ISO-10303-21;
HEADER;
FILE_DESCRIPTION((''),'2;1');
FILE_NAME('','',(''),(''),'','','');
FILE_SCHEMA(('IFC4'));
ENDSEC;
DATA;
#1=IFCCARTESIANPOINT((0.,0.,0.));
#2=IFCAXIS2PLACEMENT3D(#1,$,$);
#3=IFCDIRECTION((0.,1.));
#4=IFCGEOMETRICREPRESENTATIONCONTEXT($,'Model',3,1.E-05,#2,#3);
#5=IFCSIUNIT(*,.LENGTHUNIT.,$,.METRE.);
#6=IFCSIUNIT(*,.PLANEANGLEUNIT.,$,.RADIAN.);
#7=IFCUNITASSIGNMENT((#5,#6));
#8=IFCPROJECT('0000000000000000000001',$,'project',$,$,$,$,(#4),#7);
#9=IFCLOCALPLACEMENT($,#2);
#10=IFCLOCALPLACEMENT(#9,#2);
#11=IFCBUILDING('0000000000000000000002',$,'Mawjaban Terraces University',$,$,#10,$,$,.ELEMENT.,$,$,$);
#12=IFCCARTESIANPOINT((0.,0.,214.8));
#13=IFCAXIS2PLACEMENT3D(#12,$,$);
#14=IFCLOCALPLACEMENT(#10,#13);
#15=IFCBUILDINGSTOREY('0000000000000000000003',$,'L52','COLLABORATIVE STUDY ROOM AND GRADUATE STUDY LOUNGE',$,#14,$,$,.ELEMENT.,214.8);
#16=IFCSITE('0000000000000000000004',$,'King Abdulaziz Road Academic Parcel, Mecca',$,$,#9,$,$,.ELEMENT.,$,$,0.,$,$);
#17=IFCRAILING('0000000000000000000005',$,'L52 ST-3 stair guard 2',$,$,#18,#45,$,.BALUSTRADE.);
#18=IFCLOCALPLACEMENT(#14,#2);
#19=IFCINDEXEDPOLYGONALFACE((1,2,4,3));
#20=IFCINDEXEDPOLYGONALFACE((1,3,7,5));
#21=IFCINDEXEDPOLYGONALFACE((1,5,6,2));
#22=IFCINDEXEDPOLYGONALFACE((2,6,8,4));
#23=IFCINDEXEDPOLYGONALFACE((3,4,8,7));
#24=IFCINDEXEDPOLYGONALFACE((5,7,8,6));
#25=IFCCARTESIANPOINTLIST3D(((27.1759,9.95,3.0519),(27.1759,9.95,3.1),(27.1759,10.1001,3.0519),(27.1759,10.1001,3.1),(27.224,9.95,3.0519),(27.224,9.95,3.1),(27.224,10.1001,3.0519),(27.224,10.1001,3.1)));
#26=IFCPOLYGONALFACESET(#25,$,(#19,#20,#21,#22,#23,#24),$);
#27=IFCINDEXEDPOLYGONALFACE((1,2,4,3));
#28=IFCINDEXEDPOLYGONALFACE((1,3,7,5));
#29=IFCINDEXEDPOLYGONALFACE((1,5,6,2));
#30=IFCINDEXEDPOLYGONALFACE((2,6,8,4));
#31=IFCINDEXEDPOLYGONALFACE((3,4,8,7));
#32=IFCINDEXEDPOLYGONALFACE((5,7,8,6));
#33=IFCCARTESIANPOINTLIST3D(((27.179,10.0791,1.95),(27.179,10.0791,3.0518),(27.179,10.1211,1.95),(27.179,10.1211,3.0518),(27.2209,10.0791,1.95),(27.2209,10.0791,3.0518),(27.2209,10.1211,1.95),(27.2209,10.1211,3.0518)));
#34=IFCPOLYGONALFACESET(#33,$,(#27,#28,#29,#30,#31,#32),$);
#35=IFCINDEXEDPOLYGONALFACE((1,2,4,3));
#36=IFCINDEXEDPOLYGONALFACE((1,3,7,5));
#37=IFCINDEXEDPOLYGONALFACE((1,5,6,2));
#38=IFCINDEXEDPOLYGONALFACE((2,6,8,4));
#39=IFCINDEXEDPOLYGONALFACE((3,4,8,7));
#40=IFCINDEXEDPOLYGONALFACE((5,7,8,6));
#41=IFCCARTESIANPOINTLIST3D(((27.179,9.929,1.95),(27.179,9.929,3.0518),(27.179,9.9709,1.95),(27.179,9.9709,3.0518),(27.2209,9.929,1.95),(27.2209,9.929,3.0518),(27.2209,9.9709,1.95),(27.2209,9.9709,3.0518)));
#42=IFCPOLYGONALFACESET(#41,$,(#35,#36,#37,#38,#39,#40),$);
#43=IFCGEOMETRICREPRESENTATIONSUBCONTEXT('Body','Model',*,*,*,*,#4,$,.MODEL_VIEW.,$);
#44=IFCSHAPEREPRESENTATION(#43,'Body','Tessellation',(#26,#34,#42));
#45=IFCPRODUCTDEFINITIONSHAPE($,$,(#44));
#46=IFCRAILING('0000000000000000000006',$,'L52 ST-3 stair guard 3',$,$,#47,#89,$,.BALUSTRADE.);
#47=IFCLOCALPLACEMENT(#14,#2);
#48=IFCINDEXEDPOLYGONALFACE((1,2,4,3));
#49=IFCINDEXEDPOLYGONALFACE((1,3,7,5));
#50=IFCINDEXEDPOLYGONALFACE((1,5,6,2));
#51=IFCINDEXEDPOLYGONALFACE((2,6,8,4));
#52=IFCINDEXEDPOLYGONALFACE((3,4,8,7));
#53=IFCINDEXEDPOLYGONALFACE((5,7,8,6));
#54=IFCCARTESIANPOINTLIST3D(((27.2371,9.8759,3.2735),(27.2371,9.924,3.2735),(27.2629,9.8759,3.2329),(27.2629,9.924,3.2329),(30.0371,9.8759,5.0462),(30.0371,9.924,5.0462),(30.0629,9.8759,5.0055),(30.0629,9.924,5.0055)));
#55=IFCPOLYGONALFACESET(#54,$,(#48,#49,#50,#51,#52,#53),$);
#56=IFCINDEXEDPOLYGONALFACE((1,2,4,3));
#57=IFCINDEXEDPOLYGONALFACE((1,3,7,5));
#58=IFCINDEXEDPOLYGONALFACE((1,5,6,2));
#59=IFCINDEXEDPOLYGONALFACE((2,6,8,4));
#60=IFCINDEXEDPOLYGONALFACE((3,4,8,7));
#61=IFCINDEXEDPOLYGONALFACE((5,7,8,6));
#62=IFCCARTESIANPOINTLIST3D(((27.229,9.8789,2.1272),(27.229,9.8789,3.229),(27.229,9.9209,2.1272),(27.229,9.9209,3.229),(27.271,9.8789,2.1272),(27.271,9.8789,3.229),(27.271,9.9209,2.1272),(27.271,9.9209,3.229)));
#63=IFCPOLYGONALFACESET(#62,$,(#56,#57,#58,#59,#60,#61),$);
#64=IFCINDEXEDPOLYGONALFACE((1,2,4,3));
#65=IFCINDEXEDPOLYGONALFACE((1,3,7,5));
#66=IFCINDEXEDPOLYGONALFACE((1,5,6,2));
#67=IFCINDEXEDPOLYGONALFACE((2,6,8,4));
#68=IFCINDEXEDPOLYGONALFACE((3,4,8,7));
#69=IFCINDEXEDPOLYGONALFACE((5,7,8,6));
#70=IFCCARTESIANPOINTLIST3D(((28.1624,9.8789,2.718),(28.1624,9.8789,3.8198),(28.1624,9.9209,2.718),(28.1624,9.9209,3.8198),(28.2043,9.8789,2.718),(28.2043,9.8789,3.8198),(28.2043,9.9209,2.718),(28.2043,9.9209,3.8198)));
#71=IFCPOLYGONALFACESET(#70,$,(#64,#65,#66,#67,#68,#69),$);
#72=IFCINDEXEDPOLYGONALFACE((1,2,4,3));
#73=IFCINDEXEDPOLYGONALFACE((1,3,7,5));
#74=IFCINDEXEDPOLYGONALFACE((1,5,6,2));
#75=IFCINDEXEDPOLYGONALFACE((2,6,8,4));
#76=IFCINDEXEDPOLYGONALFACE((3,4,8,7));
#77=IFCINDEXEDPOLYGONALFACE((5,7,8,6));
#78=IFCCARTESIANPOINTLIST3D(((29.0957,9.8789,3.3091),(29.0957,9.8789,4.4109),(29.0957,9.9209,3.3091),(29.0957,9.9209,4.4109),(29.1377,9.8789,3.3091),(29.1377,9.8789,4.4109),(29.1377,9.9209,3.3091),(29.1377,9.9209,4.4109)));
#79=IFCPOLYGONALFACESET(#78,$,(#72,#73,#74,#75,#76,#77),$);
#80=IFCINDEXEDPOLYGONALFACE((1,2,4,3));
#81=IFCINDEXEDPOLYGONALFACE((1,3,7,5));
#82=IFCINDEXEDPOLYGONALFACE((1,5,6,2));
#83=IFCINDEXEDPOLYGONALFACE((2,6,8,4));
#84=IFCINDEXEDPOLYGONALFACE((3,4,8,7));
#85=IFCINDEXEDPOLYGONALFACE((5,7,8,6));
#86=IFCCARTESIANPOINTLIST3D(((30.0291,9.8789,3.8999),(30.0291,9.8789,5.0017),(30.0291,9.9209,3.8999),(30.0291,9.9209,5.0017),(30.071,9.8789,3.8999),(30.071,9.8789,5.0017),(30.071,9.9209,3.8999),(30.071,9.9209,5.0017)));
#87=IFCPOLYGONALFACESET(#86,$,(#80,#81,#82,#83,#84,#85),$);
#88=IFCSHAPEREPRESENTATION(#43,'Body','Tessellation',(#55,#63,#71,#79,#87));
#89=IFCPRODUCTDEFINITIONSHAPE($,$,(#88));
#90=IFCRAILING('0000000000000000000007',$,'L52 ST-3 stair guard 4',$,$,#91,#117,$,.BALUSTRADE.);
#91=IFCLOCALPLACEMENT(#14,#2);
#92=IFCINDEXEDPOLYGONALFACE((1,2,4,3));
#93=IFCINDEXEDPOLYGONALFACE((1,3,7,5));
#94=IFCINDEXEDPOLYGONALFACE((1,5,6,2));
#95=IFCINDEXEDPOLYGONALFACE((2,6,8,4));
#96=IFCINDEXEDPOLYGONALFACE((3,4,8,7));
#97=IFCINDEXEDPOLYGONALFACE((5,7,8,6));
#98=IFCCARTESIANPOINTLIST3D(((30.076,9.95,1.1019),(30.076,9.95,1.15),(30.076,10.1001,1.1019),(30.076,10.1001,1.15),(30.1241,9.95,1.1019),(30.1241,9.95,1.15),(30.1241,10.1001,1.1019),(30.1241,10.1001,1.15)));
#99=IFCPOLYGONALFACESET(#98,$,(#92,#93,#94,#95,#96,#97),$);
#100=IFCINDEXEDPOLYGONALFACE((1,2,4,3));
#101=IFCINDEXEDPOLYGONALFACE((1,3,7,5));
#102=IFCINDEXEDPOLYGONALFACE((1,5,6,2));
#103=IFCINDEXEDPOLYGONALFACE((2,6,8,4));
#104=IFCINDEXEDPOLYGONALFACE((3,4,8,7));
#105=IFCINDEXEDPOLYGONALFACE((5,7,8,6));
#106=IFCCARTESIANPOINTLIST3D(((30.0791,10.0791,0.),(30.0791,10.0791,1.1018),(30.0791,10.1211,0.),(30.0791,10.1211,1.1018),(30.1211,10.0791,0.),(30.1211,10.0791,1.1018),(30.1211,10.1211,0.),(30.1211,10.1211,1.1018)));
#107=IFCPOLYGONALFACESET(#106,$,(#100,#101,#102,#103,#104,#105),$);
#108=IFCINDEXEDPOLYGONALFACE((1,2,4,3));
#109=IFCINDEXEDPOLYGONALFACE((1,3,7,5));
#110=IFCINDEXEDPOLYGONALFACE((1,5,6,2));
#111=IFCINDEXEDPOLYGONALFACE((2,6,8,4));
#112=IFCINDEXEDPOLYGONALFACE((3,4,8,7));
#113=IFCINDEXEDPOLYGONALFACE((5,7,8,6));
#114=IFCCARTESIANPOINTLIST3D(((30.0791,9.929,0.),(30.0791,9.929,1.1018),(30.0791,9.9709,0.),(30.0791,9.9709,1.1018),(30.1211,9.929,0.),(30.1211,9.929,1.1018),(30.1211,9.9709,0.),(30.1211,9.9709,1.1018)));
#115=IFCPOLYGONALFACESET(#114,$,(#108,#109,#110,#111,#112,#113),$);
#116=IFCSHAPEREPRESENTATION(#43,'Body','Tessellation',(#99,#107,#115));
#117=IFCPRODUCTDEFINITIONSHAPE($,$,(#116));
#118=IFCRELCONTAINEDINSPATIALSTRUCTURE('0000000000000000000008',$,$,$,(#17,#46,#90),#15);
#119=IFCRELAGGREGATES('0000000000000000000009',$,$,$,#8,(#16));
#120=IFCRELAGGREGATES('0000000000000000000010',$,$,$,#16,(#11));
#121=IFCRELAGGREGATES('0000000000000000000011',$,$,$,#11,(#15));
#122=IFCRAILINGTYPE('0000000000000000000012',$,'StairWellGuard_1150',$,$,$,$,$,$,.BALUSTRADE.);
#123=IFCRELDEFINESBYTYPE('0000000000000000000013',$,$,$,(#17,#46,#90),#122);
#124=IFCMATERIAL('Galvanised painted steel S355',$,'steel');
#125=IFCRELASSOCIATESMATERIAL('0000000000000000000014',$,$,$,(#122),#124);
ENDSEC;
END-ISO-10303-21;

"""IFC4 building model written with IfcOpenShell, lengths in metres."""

from ifc_helpers import new_model, si_unit, direction, frame, origin, origin_2d, place, context, subcontext, project, spatial, rectangle, extrude, material, type_object, element, save


model = new_model("IFC4")

# Units and contexts
model_context = context("Model", 3, precision=1e-05, world=origin(), true_north=direction((0.0, 1.0)))
body_context = subcontext(model_context, "Body", "Model", "MODEL_VIEW")
ifc_project = project(units=[si_unit("LENGTHUNIT", "METRE"), si_unit("PLANEANGLEUNIT", "RADIAN")], contexts=[model_context])

# Site, building, storey
site_placement = place(None, origin())
site = spatial("IfcSite", under=ifc_project, at=site_placement, Name="King Abdulaziz Road Academic Parcel, Mecca", CompositionType="ELEMENT", RefElevation=0.0)
building_placement = place(site_placement, origin())
building = spatial("IfcBuilding", under=site, at=building_placement, Name="Mawjaban Terraces University", CompositionType="ELEMENT")
storey_placement = place(building_placement, frame((0.0, 0.0, 214.8)))
storey = spatial("IfcBuildingStorey", under=building, at=storey_placement, Name="L52", Description="COLLABORATIVE STUDY ROOM AND GRADUATE STUDY LOUNGE", CompositionType="ELEMENT", Elevation=214.8)

# Railings
ifc_material_1 = material(Name="Galvanised painted steel S355", Category="steel")
railing_type_1 = type_object("IfcRailingType", Name="StairWellGuard_1150", PredefinedType="BALUSTRADE", material=ifc_material_1)
railing_1_placement = place(storey_placement, frame((27.2, 10.1001, 1.95)))
element("IfcRailing", 1, at=railing_1_placement, inside=storey, type_object=railing_type_1, Name="L52 ST-3 stair guard 2", PredefinedType="BALUSTRADE", context=body_context, shape_type="SweptSolid", body=[
    extrude(rectangle(XDim=0.0481, YDim=0.0481, at=origin_2d()), frame((0.0, 0.0, 1.126), z_axis=(0.0, -1.0, 0.0), x_axis=(1.0, 0.0, 0.0)), (0.0, 0.0, 1.0), 0.1501),
    extrude(rectangle(XDim=0.042, YDim=0.042, at=origin_2d()), origin(), (0.0, 0.0, 1.0), 1.1018),
    extrude(rectangle(XDim=0.042, YDim=0.042, at=origin_2d()), frame((0.0, -0.1501, 0.0)), (0.0, 0.0, 1.0), 1.1018),
])
railing_2_placement = place(storey_placement, frame((27.25, 9.8999, 2.1272)))
element("IfcRailing", 2, at=railing_2_placement, inside=storey, type_object=railing_type_1, Name="L52 ST-3 stair guard 3", PredefinedType="BALUSTRADE", context=body_context, shape_type="SweptSolid", body=[
    extrude(rectangle(XDim=0.0481, YDim=0.0481, at=origin_2d()), frame((0.0, 0.0, 1.126), z_axis=(0.844909, 0.0, 0.53491), x_axis=(0.0, 1.0, 0.0)), (0.0, 0.0, 1.0), 3.314),
    extrude(rectangle(XDim=0.042, YDim=0.042, at=origin_2d()), origin(), (0.0, 0.0, 1.0), 1.1018),
    extrude(rectangle(XDim=0.042, YDim=0.042, at=origin_2d()), frame((0.9333, 0.0, 0.5908)), (0.0, 0.0, 1.0), 1.1018),
    extrude(rectangle(XDim=0.042, YDim=0.042, at=origin_2d()), frame((1.8667, 0.0, 1.1819)), (0.0, 0.0, 1.0), 1.1018),
    extrude(rectangle(XDim=0.042, YDim=0.042, at=origin_2d()), frame((2.8, 0.0, 1.7727)), (0.0, 0.0, 1.0), 1.1018),
])
railing_3_placement = place(storey_placement, frame((30.1001, 10.1001, 0.0)))
element("IfcRailing", 3, at=railing_3_placement, inside=storey, type_object=railing_type_1, Name="L52 ST-3 stair guard 4", PredefinedType="BALUSTRADE", context=body_context, shape_type="SweptSolid", body=[
    extrude(rectangle(XDim=0.0481, YDim=0.0481, at=origin_2d()), frame((0.0, 0.0, 1.126), z_axis=(0.0, -1.0, 0.0), x_axis=(1.0, 0.0, 0.0)), (0.0, 0.0, 1.0), 0.1501),
    extrude(rectangle(XDim=0.042, YDim=0.042, at=origin_2d()), origin(), (0.0, 0.0, 1.0), 1.1018),
    extrude(rectangle(XDim=0.042, YDim=0.042, at=origin_2d()), frame((0.0, -0.1501, 0.0)), (0.0, 0.0, 1.0), 1.1018),
])

save(model, "model.ifc")
